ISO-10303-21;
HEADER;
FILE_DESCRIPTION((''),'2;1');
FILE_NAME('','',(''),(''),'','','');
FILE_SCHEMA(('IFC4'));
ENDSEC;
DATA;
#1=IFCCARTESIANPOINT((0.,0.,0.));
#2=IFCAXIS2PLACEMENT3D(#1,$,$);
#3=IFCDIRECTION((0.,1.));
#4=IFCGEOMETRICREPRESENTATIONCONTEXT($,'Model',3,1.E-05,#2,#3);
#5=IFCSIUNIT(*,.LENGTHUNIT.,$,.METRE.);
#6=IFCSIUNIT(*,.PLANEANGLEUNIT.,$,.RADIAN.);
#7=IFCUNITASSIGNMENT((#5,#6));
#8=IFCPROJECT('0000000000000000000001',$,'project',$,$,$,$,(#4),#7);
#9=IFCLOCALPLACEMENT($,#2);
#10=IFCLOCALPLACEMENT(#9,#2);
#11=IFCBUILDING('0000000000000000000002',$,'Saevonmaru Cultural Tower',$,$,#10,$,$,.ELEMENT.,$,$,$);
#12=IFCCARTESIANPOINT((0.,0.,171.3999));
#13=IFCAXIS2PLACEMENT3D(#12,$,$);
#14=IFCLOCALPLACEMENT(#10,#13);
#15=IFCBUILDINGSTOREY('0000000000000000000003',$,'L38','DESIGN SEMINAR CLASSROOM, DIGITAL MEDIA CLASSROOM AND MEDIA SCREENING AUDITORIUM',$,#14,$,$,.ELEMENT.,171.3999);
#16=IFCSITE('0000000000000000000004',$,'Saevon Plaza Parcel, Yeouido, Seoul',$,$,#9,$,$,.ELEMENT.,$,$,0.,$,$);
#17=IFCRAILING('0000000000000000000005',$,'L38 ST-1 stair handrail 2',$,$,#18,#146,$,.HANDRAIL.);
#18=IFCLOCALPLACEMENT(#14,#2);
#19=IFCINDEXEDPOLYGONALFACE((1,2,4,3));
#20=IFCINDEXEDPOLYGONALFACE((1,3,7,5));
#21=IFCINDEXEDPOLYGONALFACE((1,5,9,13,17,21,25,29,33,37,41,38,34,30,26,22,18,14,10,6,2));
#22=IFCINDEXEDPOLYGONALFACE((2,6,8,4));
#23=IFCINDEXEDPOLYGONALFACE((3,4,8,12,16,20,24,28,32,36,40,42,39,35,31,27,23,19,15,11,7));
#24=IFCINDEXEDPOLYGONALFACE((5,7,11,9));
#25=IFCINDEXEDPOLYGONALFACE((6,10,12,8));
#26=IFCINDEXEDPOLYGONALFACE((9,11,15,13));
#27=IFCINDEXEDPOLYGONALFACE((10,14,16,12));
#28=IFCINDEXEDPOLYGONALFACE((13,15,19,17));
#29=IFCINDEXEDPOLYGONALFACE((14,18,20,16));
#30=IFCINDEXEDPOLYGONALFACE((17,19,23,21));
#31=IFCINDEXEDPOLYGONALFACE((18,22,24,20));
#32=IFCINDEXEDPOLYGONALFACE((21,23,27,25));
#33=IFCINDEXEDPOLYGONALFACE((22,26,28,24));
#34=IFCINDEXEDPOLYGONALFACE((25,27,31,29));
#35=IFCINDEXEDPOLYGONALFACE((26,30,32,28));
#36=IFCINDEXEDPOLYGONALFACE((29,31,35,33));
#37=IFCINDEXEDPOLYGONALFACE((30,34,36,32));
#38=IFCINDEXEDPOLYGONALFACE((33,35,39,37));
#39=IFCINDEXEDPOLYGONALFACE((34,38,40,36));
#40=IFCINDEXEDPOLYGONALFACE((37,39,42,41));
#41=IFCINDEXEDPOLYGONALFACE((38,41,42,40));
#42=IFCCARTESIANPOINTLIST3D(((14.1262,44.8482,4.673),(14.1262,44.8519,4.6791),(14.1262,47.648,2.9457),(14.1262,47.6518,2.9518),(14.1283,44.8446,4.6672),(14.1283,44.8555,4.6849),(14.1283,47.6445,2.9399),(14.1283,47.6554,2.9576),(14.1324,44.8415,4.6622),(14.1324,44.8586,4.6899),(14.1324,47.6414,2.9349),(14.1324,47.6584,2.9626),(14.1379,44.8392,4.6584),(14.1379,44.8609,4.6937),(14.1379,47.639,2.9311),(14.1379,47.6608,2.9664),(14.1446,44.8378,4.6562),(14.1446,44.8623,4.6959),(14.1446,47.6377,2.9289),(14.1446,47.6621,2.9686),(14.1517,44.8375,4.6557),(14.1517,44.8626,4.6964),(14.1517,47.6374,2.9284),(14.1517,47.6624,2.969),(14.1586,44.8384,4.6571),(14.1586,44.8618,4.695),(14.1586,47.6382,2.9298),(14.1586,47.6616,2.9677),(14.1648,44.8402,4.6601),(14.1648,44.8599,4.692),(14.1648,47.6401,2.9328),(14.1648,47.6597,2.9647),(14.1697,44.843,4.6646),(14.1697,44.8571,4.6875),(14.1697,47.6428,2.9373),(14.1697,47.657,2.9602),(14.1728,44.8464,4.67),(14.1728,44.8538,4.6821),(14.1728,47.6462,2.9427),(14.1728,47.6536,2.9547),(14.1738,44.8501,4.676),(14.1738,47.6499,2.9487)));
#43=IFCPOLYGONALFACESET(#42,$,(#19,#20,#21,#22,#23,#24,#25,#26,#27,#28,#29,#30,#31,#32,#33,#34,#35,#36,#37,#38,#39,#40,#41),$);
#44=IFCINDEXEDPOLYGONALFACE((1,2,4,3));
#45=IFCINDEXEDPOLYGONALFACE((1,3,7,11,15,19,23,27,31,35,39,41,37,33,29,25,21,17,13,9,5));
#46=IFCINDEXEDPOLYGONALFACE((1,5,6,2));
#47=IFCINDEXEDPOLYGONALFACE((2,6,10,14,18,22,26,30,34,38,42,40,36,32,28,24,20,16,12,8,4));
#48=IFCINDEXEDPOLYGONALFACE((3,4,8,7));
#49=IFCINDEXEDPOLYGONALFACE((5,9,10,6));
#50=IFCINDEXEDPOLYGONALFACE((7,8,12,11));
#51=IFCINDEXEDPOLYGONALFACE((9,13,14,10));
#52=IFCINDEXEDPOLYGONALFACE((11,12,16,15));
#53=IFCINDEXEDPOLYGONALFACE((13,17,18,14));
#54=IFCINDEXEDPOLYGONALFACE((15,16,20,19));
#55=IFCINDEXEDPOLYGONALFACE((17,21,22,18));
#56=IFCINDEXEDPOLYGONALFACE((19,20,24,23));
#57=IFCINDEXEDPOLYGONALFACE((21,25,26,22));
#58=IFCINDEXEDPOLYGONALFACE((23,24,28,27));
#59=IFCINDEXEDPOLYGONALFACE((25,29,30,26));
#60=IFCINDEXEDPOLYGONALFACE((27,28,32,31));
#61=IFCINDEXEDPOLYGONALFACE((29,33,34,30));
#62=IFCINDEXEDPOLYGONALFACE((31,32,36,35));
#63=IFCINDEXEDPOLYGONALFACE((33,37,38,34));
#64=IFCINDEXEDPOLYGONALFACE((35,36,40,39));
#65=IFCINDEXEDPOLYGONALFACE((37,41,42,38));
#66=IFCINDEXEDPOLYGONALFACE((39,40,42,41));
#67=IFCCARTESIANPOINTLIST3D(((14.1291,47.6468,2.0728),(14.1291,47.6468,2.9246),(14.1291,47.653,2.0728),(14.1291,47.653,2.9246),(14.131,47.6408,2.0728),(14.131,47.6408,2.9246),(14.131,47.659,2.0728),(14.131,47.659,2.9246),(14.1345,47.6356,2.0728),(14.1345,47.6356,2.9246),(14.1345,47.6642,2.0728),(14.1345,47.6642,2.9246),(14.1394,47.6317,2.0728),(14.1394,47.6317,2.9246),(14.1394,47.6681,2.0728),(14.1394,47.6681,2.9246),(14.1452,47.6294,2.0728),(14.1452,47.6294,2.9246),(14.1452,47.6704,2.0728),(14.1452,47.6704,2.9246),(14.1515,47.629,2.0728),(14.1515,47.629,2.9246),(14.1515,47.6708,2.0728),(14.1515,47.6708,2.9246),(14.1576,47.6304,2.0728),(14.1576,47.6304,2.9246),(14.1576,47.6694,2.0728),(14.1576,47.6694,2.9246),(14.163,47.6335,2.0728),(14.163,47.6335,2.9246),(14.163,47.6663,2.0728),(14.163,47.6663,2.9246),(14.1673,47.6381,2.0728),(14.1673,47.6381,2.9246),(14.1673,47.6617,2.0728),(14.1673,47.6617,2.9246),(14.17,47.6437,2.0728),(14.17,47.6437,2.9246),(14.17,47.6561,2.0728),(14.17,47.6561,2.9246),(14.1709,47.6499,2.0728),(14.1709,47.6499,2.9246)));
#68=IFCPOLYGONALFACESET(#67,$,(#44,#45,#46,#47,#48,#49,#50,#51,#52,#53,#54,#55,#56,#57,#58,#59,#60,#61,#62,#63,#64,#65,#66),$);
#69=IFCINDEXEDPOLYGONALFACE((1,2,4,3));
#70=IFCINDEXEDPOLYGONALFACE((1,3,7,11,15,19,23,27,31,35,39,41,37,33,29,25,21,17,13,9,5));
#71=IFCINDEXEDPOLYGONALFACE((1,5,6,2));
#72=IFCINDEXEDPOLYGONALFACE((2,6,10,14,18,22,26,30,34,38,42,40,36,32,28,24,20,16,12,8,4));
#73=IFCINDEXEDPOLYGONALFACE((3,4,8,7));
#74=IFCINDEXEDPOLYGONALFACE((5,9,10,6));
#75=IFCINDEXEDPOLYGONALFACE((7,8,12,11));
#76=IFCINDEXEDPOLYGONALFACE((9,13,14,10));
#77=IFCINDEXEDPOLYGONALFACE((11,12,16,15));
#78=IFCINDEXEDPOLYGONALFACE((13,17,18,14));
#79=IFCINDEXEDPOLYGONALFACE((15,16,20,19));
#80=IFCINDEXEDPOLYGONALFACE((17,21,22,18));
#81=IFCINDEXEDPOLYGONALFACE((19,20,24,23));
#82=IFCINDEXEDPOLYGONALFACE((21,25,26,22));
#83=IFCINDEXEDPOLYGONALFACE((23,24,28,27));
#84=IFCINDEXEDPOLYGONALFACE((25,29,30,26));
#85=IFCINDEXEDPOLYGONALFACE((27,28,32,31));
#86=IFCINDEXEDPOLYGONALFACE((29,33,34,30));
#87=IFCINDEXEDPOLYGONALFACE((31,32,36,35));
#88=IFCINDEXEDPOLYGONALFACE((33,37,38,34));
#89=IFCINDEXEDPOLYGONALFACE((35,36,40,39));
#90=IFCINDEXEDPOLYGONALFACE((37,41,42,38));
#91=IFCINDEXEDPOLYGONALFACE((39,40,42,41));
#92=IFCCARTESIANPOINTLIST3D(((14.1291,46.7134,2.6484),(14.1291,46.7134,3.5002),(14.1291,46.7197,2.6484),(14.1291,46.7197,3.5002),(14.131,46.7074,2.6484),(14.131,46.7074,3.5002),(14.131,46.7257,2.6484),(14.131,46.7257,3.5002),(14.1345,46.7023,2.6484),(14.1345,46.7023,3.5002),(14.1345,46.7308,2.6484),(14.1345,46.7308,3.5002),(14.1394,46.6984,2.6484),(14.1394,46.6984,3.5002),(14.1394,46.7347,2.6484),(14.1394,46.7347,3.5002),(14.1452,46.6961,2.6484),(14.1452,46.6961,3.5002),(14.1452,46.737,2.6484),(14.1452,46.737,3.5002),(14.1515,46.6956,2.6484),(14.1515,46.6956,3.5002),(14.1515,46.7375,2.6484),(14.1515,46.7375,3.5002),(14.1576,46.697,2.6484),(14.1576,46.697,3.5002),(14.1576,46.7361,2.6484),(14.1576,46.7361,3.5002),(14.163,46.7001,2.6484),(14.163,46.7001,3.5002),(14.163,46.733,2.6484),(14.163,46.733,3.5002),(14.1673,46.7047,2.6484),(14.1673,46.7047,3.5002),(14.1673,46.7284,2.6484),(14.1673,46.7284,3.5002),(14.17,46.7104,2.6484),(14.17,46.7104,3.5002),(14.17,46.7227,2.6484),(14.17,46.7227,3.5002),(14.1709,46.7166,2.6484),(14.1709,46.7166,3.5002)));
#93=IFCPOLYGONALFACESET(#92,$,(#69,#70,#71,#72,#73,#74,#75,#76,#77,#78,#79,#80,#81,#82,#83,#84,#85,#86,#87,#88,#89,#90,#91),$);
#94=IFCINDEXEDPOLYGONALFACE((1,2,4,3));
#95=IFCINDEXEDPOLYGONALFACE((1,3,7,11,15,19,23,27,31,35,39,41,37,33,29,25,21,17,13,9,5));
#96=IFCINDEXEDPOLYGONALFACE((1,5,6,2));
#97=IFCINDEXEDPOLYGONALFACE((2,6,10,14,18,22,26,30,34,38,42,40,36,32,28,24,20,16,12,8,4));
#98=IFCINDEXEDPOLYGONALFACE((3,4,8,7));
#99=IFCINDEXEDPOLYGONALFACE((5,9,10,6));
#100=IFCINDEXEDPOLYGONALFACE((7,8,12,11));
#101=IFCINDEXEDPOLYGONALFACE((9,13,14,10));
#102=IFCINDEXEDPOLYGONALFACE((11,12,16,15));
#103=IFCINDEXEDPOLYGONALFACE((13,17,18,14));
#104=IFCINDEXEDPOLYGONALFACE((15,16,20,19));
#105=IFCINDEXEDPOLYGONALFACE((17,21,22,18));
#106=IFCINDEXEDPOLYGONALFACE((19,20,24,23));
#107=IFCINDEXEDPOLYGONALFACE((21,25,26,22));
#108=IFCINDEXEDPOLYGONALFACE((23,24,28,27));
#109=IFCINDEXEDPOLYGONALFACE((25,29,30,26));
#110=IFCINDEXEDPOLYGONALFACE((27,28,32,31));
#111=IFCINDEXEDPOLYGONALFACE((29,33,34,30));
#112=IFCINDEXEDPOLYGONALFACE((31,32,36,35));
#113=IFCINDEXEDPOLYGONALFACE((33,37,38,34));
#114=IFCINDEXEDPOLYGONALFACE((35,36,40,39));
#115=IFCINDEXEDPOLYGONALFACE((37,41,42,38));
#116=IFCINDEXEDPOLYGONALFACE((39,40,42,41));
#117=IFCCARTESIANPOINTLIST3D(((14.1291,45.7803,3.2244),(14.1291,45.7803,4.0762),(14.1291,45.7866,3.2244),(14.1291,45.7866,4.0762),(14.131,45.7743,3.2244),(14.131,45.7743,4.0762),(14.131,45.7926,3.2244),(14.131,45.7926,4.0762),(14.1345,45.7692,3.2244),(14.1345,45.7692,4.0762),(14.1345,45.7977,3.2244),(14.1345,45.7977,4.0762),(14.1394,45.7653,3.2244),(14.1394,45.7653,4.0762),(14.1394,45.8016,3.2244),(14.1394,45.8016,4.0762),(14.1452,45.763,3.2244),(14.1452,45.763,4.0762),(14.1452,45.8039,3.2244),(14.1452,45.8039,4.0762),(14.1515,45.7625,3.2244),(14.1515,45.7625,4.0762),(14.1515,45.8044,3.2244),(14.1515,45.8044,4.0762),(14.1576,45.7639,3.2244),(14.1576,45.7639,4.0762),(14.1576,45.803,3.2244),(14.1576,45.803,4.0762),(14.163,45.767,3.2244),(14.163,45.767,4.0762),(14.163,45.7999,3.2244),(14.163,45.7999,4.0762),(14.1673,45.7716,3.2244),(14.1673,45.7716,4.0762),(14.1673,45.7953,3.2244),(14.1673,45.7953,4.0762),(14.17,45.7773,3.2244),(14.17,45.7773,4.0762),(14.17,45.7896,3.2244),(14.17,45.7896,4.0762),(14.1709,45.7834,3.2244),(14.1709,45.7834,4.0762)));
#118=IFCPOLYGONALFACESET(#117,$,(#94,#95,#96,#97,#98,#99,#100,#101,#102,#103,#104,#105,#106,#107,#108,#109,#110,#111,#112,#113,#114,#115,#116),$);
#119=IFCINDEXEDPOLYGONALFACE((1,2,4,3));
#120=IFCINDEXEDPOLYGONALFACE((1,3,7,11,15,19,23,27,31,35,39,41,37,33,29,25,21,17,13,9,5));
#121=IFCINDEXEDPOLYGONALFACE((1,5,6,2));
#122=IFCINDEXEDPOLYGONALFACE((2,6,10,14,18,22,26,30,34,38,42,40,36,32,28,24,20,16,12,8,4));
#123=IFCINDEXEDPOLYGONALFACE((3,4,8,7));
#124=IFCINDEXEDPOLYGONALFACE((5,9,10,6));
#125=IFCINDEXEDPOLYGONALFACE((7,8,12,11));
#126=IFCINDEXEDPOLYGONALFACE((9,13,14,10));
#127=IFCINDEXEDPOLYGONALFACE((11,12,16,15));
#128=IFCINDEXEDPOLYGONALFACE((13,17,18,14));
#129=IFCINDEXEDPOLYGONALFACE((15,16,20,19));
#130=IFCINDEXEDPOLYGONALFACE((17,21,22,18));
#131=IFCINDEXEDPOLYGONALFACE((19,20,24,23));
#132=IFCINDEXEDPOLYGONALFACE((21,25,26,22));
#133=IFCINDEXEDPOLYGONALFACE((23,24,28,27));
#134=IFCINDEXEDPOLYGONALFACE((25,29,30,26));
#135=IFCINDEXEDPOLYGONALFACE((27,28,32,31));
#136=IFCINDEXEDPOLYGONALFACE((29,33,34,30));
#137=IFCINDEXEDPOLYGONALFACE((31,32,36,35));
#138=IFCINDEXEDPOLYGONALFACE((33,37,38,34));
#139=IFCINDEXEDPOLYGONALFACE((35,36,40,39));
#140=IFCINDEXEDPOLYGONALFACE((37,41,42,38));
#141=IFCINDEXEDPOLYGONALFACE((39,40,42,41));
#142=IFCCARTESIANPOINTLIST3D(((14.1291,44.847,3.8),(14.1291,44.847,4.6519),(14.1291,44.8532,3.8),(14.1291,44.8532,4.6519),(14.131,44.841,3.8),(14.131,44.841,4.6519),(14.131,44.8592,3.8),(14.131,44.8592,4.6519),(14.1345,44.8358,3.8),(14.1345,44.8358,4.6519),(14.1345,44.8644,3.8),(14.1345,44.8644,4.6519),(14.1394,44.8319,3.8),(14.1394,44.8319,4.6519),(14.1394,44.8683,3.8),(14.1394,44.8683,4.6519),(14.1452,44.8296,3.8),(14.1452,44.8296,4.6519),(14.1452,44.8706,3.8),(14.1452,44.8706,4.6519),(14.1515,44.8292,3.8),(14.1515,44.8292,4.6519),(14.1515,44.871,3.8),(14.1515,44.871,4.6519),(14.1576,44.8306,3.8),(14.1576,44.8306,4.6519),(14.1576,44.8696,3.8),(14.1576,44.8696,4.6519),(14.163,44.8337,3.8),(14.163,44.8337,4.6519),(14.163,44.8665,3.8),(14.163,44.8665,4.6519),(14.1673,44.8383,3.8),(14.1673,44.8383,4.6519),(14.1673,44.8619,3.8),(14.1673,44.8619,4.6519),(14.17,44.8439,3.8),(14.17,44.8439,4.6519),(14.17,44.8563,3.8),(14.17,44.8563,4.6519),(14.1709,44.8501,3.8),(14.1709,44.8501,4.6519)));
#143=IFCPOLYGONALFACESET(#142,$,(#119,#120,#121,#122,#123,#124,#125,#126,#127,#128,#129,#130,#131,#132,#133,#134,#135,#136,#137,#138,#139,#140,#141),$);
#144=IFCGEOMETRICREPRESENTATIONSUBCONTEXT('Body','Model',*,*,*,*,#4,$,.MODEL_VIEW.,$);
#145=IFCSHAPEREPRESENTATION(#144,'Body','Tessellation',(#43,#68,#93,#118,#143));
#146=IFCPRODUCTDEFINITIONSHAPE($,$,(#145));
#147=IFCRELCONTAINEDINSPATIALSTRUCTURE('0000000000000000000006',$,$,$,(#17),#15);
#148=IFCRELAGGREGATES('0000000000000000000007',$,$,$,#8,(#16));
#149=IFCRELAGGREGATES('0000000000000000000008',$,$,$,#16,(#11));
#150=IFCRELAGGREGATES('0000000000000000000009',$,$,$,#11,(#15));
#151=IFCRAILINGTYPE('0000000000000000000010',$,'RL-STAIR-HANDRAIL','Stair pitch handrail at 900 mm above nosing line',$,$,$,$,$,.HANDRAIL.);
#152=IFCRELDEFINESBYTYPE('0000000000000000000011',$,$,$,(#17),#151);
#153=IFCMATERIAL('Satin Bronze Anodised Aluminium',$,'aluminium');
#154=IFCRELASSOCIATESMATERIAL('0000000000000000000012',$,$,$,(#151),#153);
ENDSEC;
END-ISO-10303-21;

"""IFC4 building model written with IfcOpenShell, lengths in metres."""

from ifc_helpers import new_model, si_unit, direction, frame, origin, origin_2d, place, context, subcontext, project, spatial, circle, extrude, material, type_object, element, save


model = new_model("IFC4")

# Units and contexts
model_context = context("Model", 3, precision=1e-05, world=origin(), true_north=direction((0.0, 1.0)))
body_context = subcontext(model_context, "Body", "Model", "MODEL_VIEW")
ifc_project = project(units=[si_unit("LENGTHUNIT", "METRE"), si_unit("PLANEANGLEUNIT", "RADIAN")], contexts=[model_context])

# Site, building, storey
site_placement = place(None, origin())
site = spatial("IfcSite", under=ifc_project, at=site_placement, Name="Saevon Plaza Parcel, Yeouido, Seoul", CompositionType="ELEMENT", RefElevation=0.0)
building_placement = place(site_placement, origin())
building = spatial("IfcBuilding", under=site, at=building_placement, Name="Saevonmaru Cultural Tower", CompositionType="ELEMENT")
storey_placement = place(building_placement, frame((0.0, 0.0, 171.3999)))
storey = spatial("IfcBuildingStorey", under=building, at=storey_placement, Name="L38", Description="DESIGN SEMINAR CLASSROOM, DIGITAL MEDIA CLASSROOM AND MEDIA SCREENING AUDITORIUM", CompositionType="ELEMENT", Elevation=171.3999)

# Shared definitions
ifc_material_1 = material(Name="Satin Bronze Anodised Aluminium", Category="aluminium")

# Railing
railing_type_1 = type_object("IfcRailingType", Name="RL-STAIR-HANDRAIL", Description="Stair pitch handrail at 900 mm above nosing line", PredefinedType="HANDRAIL", material=ifc_material_1)
railing_1_placement = place(storey_placement, frame((14.1499, 47.6499, 2.0728)))
element("IfcRailing", 1, at=railing_1_placement, inside=storey, type_object=railing_type_1, Name="L38 ST-1 stair handrail 2", PredefinedType="HANDRAIL", context=body_context, shape_type="SweptSolid", body=[
    extrude(circle(Radius=0.0239, at=origin_2d()), frame((0.0, 0.0, 0.876), z_axis=(0.0, -0.851069, 0.525054), x_axis=(1.0, 0.0, 0.0)), (0.0, 0.0, 1.0), 3.2898),
    extrude(circle(Radius=0.021, at=origin_2d()), origin(), (0.0, 0.0, 1.0), 0.8518),
    extrude(circle(Radius=0.021, at=origin_2d()), frame((0.0, -0.9333, 0.5757)), (0.0, 0.0, 1.0), 0.8518),
    extrude(circle(Radius=0.021, at=origin_2d()), frame((0.0, -1.8665, 1.1516)), (0.0, 0.0, 1.0), 0.8518),
    extrude(circle(Radius=0.021, at=origin_2d()), frame((0.0, -2.7998, 1.7273)), (0.0, 0.0, 1.0), 0.8518),
])

save(model, "model.ifc")
